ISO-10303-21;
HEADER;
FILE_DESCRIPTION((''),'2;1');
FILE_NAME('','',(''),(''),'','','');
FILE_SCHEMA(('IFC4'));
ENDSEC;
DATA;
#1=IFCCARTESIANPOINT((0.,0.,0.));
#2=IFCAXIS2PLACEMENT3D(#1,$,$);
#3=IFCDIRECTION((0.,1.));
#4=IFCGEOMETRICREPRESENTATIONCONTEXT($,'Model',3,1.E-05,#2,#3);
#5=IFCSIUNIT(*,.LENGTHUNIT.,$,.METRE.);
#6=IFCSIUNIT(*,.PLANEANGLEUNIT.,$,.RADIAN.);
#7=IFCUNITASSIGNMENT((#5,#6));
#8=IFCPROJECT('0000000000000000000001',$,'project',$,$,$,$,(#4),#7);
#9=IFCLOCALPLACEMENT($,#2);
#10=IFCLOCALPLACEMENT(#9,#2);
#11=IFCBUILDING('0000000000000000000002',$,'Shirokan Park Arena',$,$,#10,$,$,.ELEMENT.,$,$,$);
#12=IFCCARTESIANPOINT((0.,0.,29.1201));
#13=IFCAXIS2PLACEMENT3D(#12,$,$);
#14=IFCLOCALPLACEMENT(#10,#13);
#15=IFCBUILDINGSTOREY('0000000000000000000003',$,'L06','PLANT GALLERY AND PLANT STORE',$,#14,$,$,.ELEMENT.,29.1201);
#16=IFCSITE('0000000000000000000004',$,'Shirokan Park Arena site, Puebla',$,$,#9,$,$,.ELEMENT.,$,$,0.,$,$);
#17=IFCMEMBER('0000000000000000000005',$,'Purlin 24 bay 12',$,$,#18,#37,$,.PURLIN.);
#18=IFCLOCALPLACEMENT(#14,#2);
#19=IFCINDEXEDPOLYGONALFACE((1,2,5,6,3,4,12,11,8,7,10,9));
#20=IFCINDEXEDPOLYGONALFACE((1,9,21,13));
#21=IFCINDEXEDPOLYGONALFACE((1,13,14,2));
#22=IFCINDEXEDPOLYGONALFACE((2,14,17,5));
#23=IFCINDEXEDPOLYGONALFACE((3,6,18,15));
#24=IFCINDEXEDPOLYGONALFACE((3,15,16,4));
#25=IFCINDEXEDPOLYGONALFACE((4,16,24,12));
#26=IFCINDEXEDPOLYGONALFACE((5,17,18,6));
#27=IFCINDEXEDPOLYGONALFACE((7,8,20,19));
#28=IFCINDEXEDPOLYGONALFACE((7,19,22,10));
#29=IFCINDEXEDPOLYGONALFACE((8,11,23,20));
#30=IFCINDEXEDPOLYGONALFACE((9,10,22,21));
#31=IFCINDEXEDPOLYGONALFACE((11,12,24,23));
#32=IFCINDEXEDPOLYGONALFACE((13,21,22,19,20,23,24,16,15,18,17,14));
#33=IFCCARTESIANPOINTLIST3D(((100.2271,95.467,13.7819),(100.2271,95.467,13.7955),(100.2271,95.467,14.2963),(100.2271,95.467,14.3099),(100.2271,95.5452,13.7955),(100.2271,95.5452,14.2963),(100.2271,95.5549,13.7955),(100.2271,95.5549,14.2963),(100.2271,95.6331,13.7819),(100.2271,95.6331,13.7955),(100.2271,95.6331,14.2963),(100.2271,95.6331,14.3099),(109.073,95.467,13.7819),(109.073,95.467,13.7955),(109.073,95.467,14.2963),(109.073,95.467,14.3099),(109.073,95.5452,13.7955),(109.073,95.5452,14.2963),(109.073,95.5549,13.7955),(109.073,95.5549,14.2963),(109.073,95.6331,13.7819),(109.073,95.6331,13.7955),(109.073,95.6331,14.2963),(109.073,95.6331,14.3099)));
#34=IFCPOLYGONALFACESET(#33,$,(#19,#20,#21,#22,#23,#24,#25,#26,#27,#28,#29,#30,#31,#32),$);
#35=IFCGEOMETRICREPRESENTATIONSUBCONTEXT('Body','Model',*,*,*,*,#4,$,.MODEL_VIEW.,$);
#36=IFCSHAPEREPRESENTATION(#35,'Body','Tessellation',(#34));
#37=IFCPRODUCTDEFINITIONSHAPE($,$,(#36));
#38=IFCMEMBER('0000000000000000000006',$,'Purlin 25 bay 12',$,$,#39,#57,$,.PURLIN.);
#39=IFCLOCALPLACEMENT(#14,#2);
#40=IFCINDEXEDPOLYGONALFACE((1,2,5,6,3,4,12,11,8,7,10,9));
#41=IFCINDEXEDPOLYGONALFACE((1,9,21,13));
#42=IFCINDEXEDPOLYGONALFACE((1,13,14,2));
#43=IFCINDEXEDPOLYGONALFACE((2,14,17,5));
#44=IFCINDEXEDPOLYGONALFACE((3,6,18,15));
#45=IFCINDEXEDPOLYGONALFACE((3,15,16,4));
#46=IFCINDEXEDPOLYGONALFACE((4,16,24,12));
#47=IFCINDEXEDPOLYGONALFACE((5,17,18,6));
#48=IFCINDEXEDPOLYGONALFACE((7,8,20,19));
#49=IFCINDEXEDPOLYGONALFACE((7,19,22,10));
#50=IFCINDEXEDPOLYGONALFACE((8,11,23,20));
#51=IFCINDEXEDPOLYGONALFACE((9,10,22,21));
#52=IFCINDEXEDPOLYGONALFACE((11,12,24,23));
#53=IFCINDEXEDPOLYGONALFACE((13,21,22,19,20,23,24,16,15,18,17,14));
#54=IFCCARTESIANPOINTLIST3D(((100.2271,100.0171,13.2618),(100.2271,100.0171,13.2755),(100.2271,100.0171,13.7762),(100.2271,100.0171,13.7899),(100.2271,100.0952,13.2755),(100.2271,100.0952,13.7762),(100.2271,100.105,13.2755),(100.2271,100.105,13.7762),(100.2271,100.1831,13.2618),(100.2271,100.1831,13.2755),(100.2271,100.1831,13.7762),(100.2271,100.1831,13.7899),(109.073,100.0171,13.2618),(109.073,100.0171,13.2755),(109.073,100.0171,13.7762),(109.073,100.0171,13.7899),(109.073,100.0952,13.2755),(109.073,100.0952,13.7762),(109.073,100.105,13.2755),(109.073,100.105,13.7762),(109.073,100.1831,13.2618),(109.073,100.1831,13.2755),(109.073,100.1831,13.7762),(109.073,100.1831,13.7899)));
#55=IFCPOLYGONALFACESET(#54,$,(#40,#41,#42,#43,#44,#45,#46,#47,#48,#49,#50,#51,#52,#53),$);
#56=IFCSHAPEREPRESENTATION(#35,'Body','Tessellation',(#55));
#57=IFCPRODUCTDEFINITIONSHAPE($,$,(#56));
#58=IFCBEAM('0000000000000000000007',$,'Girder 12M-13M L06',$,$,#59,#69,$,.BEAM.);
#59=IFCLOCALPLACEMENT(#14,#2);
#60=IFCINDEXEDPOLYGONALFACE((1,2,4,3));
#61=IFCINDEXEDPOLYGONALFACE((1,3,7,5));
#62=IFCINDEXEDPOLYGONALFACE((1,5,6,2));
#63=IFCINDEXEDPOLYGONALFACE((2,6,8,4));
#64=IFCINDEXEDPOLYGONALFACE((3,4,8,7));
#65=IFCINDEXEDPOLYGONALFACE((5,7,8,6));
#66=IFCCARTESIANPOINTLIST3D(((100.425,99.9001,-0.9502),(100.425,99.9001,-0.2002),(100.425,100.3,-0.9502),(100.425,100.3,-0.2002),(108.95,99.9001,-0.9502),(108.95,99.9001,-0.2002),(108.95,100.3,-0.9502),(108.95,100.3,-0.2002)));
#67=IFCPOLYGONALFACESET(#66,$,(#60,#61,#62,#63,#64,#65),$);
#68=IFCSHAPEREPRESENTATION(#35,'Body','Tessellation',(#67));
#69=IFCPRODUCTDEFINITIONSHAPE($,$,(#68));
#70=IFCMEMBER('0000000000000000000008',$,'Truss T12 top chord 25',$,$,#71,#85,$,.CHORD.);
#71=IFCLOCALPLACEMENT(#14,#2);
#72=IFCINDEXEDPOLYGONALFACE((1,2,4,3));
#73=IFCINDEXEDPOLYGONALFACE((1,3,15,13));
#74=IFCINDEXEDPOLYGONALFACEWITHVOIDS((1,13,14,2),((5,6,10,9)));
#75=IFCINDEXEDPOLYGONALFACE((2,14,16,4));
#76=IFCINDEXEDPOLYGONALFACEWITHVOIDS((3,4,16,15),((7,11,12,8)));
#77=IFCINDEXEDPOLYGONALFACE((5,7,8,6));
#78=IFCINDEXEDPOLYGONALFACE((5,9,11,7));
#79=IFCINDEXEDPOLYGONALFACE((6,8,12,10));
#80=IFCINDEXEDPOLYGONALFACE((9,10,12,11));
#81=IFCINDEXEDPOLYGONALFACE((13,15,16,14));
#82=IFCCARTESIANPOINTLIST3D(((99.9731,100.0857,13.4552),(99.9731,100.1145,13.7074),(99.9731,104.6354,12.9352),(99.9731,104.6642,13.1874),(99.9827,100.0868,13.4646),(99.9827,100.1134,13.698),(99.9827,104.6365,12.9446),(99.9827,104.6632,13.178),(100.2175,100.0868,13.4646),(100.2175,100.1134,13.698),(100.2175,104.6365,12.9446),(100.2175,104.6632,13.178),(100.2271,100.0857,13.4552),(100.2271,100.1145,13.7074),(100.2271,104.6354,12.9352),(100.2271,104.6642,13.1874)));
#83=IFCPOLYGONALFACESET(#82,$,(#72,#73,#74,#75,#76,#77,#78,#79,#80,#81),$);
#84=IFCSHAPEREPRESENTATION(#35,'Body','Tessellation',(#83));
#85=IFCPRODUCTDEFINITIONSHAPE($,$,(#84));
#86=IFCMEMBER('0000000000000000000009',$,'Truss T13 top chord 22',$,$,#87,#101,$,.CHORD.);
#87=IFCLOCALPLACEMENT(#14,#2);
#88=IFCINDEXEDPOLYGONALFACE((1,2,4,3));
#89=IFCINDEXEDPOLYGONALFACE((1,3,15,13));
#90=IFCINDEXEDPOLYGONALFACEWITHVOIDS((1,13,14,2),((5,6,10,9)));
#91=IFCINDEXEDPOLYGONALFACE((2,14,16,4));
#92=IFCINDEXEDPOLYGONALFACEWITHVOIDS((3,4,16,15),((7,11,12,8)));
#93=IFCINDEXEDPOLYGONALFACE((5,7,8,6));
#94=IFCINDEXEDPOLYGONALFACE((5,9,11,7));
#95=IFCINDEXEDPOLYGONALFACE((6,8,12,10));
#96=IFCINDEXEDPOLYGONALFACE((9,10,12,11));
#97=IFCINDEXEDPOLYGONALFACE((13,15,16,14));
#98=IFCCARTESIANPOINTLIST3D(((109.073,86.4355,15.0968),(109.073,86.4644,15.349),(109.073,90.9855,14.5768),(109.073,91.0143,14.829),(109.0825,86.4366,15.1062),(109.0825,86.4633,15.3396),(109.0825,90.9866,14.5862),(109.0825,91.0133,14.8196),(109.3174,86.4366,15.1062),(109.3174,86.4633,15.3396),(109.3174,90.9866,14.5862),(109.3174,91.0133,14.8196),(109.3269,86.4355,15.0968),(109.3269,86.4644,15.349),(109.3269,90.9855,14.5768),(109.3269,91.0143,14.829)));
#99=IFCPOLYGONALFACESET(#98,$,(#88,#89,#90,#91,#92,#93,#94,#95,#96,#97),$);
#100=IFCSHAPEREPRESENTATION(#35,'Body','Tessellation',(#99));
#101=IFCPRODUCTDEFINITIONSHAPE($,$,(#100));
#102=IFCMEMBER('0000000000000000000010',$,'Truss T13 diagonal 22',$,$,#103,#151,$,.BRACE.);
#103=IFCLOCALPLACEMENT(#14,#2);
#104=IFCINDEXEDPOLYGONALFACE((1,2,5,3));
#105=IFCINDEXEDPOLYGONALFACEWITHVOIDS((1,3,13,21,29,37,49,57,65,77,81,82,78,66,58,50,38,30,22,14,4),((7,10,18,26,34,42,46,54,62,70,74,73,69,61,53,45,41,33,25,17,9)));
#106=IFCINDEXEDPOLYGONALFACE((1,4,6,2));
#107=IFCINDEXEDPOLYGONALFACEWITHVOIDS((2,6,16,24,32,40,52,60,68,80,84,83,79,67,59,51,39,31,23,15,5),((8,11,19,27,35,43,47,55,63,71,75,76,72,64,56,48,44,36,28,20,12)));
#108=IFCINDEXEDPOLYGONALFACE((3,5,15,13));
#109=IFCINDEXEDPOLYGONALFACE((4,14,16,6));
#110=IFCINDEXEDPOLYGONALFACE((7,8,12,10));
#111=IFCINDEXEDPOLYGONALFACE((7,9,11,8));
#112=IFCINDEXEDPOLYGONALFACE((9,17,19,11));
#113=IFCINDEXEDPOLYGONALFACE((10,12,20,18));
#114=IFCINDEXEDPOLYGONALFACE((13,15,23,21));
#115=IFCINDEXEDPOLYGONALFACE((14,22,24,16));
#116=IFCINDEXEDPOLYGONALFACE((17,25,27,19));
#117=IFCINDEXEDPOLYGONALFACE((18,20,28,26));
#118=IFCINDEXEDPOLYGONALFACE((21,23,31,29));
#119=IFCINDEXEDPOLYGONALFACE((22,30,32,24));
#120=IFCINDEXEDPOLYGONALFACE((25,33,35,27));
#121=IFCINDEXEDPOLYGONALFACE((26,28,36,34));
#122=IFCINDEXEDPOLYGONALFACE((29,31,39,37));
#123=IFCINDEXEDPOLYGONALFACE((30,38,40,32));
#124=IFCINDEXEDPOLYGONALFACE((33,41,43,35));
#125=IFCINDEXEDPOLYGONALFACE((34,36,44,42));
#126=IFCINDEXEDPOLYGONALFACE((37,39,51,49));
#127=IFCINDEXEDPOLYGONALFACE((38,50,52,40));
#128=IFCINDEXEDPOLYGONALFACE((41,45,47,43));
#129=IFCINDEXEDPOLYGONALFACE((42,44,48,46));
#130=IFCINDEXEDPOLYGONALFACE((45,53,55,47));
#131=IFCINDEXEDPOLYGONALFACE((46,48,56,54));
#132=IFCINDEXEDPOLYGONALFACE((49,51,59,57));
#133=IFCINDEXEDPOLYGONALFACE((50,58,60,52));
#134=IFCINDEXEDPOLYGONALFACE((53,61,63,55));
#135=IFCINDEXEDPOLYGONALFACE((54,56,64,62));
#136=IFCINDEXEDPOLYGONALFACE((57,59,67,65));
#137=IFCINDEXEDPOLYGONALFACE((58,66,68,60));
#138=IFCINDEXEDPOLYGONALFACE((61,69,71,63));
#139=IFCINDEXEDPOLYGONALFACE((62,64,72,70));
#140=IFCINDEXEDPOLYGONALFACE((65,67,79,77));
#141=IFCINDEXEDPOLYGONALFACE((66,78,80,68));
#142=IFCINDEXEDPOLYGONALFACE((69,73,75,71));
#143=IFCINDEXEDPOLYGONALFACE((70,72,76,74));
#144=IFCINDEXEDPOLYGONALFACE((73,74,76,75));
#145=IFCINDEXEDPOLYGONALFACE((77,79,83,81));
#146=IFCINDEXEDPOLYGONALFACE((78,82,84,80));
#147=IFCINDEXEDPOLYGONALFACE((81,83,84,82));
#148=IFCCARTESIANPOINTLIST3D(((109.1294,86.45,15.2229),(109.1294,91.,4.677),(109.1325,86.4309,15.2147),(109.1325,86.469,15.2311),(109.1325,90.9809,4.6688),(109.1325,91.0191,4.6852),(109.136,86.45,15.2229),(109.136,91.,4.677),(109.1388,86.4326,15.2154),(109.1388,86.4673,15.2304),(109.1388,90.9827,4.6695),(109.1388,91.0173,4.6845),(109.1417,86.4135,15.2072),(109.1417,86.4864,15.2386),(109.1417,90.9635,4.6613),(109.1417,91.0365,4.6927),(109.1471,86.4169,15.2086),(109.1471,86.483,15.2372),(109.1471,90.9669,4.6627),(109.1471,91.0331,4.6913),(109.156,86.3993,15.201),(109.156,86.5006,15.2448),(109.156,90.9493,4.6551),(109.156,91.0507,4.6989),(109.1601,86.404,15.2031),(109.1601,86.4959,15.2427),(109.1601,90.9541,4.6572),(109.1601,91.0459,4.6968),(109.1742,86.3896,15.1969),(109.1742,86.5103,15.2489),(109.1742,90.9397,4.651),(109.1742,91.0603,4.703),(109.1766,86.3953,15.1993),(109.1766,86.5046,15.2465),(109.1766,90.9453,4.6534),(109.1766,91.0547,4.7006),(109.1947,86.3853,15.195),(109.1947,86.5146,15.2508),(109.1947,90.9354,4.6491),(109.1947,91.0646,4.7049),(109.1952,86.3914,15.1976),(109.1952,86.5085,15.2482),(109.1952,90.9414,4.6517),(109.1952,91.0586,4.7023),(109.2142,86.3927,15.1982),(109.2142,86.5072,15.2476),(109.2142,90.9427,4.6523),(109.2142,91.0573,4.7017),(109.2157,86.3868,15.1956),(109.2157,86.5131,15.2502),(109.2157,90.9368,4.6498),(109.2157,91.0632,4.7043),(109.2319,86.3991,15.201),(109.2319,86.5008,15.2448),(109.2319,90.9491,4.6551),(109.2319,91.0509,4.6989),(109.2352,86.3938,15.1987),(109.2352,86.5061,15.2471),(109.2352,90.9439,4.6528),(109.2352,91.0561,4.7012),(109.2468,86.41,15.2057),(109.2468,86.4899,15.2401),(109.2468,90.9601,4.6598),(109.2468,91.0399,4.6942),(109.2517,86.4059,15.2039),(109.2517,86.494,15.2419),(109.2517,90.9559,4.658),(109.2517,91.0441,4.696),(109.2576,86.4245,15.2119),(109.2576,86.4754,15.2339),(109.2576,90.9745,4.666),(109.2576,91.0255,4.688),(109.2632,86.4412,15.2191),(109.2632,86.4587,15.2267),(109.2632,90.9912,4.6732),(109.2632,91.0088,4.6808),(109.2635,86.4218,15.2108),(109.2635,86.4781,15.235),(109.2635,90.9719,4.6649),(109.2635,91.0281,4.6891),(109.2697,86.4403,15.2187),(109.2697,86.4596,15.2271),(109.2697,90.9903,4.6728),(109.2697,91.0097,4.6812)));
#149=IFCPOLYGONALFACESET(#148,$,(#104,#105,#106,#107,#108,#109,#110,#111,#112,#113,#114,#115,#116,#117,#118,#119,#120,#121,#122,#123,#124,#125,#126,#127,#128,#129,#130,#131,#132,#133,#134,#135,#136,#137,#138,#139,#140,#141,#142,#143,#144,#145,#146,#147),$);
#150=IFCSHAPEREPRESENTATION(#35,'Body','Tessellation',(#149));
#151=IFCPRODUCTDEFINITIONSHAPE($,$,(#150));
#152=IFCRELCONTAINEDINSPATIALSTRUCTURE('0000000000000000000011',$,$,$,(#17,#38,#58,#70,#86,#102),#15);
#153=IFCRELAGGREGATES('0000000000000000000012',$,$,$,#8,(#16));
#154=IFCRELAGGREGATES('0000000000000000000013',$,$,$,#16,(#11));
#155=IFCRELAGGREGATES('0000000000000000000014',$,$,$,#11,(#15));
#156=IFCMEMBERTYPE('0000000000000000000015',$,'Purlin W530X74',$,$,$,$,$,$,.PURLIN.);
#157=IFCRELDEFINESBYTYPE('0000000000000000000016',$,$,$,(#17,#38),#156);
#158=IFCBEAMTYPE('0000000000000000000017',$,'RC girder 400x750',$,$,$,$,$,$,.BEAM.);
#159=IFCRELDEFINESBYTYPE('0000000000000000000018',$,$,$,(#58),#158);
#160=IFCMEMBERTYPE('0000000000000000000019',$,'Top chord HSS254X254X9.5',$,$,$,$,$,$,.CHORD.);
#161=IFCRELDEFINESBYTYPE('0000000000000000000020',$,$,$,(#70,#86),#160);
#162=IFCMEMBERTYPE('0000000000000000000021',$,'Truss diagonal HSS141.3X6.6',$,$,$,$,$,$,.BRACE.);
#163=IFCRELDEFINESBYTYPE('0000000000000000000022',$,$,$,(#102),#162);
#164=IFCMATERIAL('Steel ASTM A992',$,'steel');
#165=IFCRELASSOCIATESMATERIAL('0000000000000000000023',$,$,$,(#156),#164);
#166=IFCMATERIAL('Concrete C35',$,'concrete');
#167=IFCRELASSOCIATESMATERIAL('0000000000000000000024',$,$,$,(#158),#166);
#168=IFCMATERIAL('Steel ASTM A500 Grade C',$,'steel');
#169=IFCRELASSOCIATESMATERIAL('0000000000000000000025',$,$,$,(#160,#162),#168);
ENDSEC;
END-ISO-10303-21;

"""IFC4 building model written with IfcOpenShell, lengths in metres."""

from ifc_helpers import new_model, si_unit, direction, frame, origin, origin_2d, place, context, subcontext, project, spatial, rectangle, hollow_rectangle, hollow_circle, i_section, extrude, material, material_profile, profile_set, type_object, element, save


model = new_model("IFC4")

# Units and contexts
model_context = context("Model", 3, precision=1e-05, world=origin(), true_north=direction((0.0, 1.0)))
body_context = subcontext(model_context, "Body", "Model", "MODEL_VIEW")
ifc_project = project(units=[si_unit("LENGTHUNIT", "METRE"), si_unit("PLANEANGLEUNIT", "RADIAN")], contexts=[model_context])

# Site, building, storey
site_placement = place(None, origin())
site = spatial("IfcSite", under=ifc_project, at=site_placement, Name="Shirokan Park Arena site, Puebla", CompositionType="ELEMENT", RefElevation=0.0)
building_placement = place(site_placement, origin())
building = spatial("IfcBuilding", under=site, at=building_placement, Name="Shirokan Park Arena", CompositionType="ELEMENT")
storey_placement = place(building_placement, frame((0.0, 0.0, 29.1201)))
storey = spatial("IfcBuildingStorey", under=building, at=storey_placement, Name="L06", Description="PLANT GALLERY AND PLANT STORE", CompositionType="ELEMENT", Elevation=29.1201)

# Members
ifc_material_1 = material(Name="Steel ASTM A500 Grade C", Category="steel")
ifc_material_2 = material(Name="Steel ASTM A992", Category="steel")
ifc_material_profile_1 = material_profile(ifc_material_2, i_section(OverallWidth=0.166, OverallDepth=0.5281, WebThickness=0.0098, FlangeThickness=0.0137, at=origin_2d()), Name="W530X74")
ifc_profile_set_1 = profile_set([ifc_material_profile_1], Name="Steel ASTM A992")
member_type_1 = type_object("IfcMemberType", Name="Purlin W530X74", PredefinedType="PURLIN", material=ifc_profile_set_1)
for number, where, z_axis, x_axis, name in (
    (1, (100.2271, 95.55, 14.0459), (1.0, 0.0, 0.0), (0.0, 1.0, 0.0), "Purlin 24 bay 12"),
    (2, (100.2271, 100.1001, 13.5259), (1.0, 0.0, 0.0), (0.0, 1.0, 0.0), "Purlin 25 bay 12"),
):
    element("IfcMember", number, at=place(storey_placement, frame(where, z_axis=z_axis, x_axis=x_axis)), inside=storey, type_object=member_type_1, Name=name, PredefinedType="PURLIN", context=body_context, shape_type="SweptSolid", body=[
        extrude(i_section(OverallWidth=0.166, OverallDepth=0.5281, WebThickness=0.0098, FlangeThickness=0.0137, at=origin_2d()), origin(), (0.0, 0.0, 1.0), 8.8459),
    ])

# Beam
ifc_material_3 = material(Name="Concrete C35", Category="concrete")
ifc_material_profile_2 = material_profile(ifc_material_3, rectangle(XDim=0.3999, YDim=0.75, at=origin_2d()), Name="400x750")
ifc_profile_set_2 = profile_set([ifc_material_profile_2], Name="Concrete C35")
beam_type = type_object("IfcBeamType", Name="RC girder 400x750", PredefinedType="BEAM", material=ifc_profile_set_2)
beam_placement = place(storey_placement, frame((100.425, 100.1001, -0.5752), z_axis=(1.0, 0.0, 0.0), x_axis=(0.0, 1.0, 0.0)))
element("IfcBeam", 3, at=beam_placement, inside=storey, type_object=beam_type, Name="Girder 12M-13M L06", PredefinedType="BEAM", context=body_context, shape_type="SweptSolid", body=[
    extrude(rectangle(XDim=0.3999, YDim=0.75, at=origin_2d()), origin(), (0.0, 0.0, 1.0), 8.5249),
])

# Members
ifc_material_profile_3 = material_profile(ifc_material_1, hollow_rectangle(XDim=0.2539, YDim=0.2539, WallThickness=0.0095, at=origin_2d()), Name="HSS254X254X9.5")
ifc_profile_set_3 = profile_set([ifc_material_profile_3], Name="Steel ASTM A500 Grade C")
member_type_2 = type_object("IfcMemberType", Name="Top chord HSS254X254X9.5", PredefinedType="CHORD", material=ifc_profile_set_3)
member_1_placement = place(storey_placement, frame((100.1001, 100.1001, 13.5813), z_axis=(0.0, 0.993532, -0.113556), x_axis=(-1.0, 0.0, 0.0)))
element("IfcMember", 4, at=member_1_placement, inside=storey, type_object=member_type_2, Name="Truss T12 top chord 25", PredefinedType="CHORD", context=body_context, shape_type="SweptSolid", body=[
    extrude(hollow_rectangle(XDim=0.2539, YDim=0.2539, WallThickness=0.0095, at=origin_2d()), origin(), (0.0, 0.0, 1.0), 4.5793),
])
member_2_placement = place(storey_placement, frame((109.2, 86.45, 15.2229), z_axis=(0.0, 0.993532, -0.11355), x_axis=(-1.0, 0.0, 0.0)))
element("IfcMember", 5, at=member_2_placement, inside=storey, type_object=member_type_2, Name="Truss T13 top chord 22", PredefinedType="CHORD", context=body_context, shape_type="SweptSolid", body=[
    extrude(hollow_rectangle(XDim=0.2539, YDim=0.2539, WallThickness=0.0095, at=origin_2d()), origin(), (0.0, 0.0, 1.0), 4.5796),
])
ifc_material_profile_4 = material_profile(ifc_material_1, hollow_circle(Radius=0.0706, WallThickness=0.0066, at=origin_2d()), Name="HSS141.3X6.6")
ifc_profile_set_4 = profile_set([ifc_material_profile_4], Name="Steel ASTM A500 Grade C")
member_type_3 = type_object("IfcMemberType", Name="Truss diagonal HSS141.3X6.6", PredefinedType="BRACE", material=ifc_profile_set_4)
member_3_placement = place(storey_placement, frame((109.2, 86.45, 15.2229), z_axis=(0.0, 0.396153, -0.918185), x_axis=(-1.0, 0.0, 0.0)))
element("IfcMember", 6, at=member_3_placement, inside=storey, type_object=member_type_3, Name="Truss T13 diagonal 22", PredefinedType="BRACE", context=body_context, shape_type="SweptSolid", body=[
    extrude(hollow_circle(Radius=0.0706, WallThickness=0.0066, at=origin_2d()), origin(), (0.0, 0.0, 1.0), 11.4856),
])

save(model, "model.ifc")
